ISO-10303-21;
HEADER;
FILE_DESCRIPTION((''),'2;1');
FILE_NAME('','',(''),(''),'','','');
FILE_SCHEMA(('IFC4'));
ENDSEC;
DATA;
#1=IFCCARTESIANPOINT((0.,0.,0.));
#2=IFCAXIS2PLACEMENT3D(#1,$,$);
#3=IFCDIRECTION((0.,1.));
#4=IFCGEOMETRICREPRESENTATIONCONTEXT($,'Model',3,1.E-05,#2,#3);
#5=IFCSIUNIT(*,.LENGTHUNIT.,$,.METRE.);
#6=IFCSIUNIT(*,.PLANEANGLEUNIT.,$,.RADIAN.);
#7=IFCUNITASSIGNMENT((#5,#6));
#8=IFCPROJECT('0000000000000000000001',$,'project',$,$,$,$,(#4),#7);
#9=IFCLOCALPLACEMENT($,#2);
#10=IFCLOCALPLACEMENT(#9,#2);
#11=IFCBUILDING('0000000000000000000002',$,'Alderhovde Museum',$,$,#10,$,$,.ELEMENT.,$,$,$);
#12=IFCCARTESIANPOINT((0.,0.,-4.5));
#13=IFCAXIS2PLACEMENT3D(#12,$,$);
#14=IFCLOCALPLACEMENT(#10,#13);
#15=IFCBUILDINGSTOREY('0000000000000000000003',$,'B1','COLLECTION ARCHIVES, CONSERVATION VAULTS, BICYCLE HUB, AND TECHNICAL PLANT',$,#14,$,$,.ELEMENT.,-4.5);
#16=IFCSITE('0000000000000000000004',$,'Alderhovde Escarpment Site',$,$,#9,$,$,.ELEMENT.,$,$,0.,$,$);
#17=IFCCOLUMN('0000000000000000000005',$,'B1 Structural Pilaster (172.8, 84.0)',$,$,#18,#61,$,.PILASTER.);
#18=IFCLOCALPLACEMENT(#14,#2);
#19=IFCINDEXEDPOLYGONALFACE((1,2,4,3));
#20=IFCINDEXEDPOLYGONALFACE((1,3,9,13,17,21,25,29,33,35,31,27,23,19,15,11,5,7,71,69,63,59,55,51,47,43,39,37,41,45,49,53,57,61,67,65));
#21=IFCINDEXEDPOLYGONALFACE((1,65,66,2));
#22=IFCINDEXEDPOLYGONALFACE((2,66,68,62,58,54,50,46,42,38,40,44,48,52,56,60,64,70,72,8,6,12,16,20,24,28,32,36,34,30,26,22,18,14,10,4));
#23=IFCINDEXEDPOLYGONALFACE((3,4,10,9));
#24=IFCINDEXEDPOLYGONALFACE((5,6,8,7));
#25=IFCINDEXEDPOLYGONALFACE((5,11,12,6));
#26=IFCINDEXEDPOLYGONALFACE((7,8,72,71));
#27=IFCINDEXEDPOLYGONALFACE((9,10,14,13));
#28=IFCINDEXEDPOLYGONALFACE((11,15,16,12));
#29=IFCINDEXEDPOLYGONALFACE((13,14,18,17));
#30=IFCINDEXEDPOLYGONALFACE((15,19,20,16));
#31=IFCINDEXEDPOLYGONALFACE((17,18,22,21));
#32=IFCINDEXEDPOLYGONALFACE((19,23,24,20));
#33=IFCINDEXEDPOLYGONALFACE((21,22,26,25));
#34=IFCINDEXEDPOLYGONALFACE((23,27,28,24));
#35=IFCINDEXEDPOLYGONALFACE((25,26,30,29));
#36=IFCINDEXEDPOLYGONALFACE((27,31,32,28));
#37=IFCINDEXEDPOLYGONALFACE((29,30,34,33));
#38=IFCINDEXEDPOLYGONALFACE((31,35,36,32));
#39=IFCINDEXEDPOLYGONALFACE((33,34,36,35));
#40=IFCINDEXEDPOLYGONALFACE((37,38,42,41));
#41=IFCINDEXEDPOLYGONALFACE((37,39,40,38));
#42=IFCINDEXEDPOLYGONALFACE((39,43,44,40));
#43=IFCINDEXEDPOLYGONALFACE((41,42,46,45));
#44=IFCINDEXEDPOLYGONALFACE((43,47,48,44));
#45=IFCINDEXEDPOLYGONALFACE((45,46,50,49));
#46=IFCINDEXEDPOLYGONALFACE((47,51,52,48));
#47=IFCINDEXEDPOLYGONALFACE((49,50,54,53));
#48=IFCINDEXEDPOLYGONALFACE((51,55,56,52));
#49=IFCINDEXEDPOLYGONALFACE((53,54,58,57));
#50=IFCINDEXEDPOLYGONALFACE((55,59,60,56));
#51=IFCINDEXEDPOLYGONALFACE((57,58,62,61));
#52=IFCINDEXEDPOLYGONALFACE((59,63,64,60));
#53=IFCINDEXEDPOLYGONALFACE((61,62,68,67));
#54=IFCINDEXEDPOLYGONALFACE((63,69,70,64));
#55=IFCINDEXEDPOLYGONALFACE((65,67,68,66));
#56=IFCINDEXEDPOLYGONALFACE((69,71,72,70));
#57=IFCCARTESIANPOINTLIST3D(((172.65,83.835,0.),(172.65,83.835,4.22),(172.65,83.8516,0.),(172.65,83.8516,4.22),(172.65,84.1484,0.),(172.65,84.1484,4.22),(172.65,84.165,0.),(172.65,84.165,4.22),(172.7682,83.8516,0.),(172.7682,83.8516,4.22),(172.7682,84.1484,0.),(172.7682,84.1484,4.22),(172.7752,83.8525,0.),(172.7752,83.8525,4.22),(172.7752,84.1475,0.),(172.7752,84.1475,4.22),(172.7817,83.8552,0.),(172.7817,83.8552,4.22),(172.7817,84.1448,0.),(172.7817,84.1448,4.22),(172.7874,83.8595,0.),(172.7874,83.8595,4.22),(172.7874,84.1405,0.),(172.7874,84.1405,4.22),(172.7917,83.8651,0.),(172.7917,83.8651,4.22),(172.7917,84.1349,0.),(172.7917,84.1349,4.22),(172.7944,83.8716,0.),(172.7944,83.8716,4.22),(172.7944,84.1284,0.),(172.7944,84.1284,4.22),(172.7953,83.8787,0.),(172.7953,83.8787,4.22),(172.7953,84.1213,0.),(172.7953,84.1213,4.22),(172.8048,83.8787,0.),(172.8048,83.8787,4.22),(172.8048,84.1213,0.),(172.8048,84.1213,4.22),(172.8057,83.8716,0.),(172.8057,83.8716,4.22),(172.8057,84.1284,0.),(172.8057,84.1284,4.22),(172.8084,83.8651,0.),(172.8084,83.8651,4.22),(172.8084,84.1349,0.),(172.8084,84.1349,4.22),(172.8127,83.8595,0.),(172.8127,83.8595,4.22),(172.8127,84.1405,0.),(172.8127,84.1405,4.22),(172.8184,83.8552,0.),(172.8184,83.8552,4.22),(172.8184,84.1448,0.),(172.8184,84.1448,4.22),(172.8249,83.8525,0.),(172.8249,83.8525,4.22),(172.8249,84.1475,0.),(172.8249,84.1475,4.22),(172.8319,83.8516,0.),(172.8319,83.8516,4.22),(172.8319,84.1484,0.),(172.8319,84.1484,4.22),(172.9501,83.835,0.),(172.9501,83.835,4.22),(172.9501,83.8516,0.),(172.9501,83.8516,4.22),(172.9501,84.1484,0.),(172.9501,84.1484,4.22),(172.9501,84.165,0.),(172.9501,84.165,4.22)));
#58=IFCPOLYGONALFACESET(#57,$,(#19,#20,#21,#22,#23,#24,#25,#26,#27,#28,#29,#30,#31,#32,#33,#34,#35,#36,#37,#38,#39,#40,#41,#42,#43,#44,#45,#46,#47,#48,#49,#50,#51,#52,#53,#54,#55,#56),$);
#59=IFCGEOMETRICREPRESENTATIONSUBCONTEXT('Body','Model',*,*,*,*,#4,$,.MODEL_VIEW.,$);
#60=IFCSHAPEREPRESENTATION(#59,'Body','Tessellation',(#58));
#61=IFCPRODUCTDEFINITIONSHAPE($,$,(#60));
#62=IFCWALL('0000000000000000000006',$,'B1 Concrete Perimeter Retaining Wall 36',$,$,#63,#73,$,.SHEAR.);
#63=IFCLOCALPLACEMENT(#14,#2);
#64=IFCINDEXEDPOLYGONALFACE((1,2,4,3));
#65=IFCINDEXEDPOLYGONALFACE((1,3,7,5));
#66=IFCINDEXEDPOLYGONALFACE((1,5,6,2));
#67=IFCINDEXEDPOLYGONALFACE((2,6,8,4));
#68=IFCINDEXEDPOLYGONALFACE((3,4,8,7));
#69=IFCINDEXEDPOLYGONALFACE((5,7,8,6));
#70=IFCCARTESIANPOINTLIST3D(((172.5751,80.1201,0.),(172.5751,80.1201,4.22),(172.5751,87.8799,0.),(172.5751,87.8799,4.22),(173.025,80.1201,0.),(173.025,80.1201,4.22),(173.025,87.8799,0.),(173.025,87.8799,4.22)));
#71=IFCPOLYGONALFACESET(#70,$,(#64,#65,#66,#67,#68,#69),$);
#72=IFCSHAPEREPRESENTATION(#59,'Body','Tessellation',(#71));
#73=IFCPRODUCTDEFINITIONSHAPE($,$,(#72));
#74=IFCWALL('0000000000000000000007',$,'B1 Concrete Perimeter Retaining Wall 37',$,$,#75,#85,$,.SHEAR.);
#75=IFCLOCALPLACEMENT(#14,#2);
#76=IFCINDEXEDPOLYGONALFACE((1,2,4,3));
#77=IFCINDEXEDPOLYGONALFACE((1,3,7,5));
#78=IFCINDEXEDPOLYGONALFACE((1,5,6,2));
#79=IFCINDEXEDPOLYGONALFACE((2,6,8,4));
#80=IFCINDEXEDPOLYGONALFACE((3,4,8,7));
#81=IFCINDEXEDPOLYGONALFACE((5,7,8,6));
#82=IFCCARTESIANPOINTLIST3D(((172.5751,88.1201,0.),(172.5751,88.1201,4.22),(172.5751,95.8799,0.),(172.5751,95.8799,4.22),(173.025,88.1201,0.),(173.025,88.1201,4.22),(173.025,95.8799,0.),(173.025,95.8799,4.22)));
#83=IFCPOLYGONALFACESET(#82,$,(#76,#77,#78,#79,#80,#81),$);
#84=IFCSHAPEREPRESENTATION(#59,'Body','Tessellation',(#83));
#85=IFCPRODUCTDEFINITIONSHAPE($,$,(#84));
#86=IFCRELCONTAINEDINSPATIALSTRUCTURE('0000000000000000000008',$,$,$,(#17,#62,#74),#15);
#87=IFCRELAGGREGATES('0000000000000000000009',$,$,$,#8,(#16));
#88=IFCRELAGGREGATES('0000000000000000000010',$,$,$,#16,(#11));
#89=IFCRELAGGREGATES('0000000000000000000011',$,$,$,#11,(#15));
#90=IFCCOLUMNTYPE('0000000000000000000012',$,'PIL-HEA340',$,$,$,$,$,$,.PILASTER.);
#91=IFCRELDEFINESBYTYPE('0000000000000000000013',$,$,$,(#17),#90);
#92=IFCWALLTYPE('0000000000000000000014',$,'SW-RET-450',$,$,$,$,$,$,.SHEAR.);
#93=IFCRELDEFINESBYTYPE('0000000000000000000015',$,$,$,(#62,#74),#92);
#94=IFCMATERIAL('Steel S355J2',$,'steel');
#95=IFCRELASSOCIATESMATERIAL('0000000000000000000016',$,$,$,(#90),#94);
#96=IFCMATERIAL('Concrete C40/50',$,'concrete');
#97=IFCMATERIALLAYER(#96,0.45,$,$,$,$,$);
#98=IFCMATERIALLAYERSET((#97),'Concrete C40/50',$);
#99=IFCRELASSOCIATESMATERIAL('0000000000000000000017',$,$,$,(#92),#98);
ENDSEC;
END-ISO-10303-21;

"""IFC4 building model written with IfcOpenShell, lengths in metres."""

from ifc_helpers import new_model, si_unit, direction, frame, frame_2d, origin, origin_2d, place, context, subcontext, project, spatial, rectangle, i_section, extrude, material, layer, layer_set, material_profile, profile_set, type_object, element, save


model = new_model("IFC4")

# Units and contexts
model_context = context("Model", 3, precision=1e-05, world=origin(), true_north=direction((0.0, 1.0)))
body_context = subcontext(model_context, "Body", "Model", "MODEL_VIEW")
ifc_project = project(units=[si_unit("LENGTHUNIT", "METRE"), si_unit("PLANEANGLEUNIT", "RADIAN")], contexts=[model_context])

# Site, building, storey
site_placement = place(None, origin())
site = spatial("IfcSite", under=ifc_project, at=site_placement, Name="Alderhovde Escarpment Site", CompositionType="ELEMENT", RefElevation=0.0)
building_placement = place(site_placement, origin())
building = spatial("IfcBuilding", under=site, at=building_placement, Name="Alderhovde Museum", CompositionType="ELEMENT")
storey_placement = place(building_placement, frame((0.0, 0.0, -4.5)))
storey = spatial("IfcBuildingStorey", under=building, at=storey_placement, Name="B1", Description="COLLECTION ARCHIVES, CONSERVATION VAULTS, BICYCLE HUB, AND TECHNICAL PLANT", CompositionType="ELEMENT", Elevation=-4.5)

# Column
ifc_material_1 = material(Name="Steel S355J2", Category="steel")
ifc_material_profile_1 = material_profile(ifc_material_1, i_section(OverallWidth=0.3, OverallDepth=0.3301, WebThickness=0.0095, FlangeThickness=0.0166, FilletRadius=0.0271, at=origin_2d()), Name="HEA 340")
ifc_profile_set_1 = profile_set([ifc_material_profile_1], Name="Steel S355J2")
column_type_1 = type_object("IfcColumnType", Name="PIL-HEA340", PredefinedType="PILASTER", material=ifc_profile_set_1)
column_1_placement = place(storey_placement, frame((172.8, 84.0, 0.0), z_axis=(0.0, 0.0, 1.0), x_axis=(1.0, 0.0, 0.0)))
element("IfcColumn", 1, at=column_1_placement, inside=storey, type_object=column_type_1, Name="B1 Structural Pilaster (172.8, 84.0)", PredefinedType="PILASTER", context=body_context, shape_type="SweptSolid", body=[
    extrude(i_section(OverallWidth=0.3, OverallDepth=0.3301, WebThickness=0.0095, FlangeThickness=0.0166, FilletRadius=0.0271, at=origin_2d()), origin(), (0.0, 0.0, 1.0), 4.22),
])

# Walls
ifc_material_2 = material(Name="Concrete C40/50", Category="concrete")
ifc_layer = layer(ifc_material_2, 0.45)
ifc_layer_set = layer_set([ifc_layer], Name="Concrete C40/50")
wall_type = type_object("IfcWallType", Name="SW-RET-450", PredefinedType="SHEAR", material=ifc_layer_set)
for number, where, z_axis, x_axis, name in (
    (2, (172.8, 80.1201, 0.0), (0.0, 0.0, 1.0), (0.0, 1.0, 0.0), "B1 Concrete Perimeter Retaining Wall 36"),
    (3, (172.8, 88.1201, 0.0), (0.0, 0.0, 1.0), (0.0, 1.0, 0.0), "B1 Concrete Perimeter Retaining Wall 37"),
):
    element("IfcWall", number, at=place(storey_placement, frame(where, z_axis=z_axis, x_axis=x_axis)), inside=storey, type_object=wall_type, Name=name, PredefinedType="SHEAR", context=body_context, shape_type="SweptSolid", body=[
        extrude(rectangle(XDim=7.7598, YDim=0.45, at=frame_2d((3.8799, 0.0))), origin(), (0.0, 0.0, 1.0), 4.22),
    ])

save(model, "model.ifc")
